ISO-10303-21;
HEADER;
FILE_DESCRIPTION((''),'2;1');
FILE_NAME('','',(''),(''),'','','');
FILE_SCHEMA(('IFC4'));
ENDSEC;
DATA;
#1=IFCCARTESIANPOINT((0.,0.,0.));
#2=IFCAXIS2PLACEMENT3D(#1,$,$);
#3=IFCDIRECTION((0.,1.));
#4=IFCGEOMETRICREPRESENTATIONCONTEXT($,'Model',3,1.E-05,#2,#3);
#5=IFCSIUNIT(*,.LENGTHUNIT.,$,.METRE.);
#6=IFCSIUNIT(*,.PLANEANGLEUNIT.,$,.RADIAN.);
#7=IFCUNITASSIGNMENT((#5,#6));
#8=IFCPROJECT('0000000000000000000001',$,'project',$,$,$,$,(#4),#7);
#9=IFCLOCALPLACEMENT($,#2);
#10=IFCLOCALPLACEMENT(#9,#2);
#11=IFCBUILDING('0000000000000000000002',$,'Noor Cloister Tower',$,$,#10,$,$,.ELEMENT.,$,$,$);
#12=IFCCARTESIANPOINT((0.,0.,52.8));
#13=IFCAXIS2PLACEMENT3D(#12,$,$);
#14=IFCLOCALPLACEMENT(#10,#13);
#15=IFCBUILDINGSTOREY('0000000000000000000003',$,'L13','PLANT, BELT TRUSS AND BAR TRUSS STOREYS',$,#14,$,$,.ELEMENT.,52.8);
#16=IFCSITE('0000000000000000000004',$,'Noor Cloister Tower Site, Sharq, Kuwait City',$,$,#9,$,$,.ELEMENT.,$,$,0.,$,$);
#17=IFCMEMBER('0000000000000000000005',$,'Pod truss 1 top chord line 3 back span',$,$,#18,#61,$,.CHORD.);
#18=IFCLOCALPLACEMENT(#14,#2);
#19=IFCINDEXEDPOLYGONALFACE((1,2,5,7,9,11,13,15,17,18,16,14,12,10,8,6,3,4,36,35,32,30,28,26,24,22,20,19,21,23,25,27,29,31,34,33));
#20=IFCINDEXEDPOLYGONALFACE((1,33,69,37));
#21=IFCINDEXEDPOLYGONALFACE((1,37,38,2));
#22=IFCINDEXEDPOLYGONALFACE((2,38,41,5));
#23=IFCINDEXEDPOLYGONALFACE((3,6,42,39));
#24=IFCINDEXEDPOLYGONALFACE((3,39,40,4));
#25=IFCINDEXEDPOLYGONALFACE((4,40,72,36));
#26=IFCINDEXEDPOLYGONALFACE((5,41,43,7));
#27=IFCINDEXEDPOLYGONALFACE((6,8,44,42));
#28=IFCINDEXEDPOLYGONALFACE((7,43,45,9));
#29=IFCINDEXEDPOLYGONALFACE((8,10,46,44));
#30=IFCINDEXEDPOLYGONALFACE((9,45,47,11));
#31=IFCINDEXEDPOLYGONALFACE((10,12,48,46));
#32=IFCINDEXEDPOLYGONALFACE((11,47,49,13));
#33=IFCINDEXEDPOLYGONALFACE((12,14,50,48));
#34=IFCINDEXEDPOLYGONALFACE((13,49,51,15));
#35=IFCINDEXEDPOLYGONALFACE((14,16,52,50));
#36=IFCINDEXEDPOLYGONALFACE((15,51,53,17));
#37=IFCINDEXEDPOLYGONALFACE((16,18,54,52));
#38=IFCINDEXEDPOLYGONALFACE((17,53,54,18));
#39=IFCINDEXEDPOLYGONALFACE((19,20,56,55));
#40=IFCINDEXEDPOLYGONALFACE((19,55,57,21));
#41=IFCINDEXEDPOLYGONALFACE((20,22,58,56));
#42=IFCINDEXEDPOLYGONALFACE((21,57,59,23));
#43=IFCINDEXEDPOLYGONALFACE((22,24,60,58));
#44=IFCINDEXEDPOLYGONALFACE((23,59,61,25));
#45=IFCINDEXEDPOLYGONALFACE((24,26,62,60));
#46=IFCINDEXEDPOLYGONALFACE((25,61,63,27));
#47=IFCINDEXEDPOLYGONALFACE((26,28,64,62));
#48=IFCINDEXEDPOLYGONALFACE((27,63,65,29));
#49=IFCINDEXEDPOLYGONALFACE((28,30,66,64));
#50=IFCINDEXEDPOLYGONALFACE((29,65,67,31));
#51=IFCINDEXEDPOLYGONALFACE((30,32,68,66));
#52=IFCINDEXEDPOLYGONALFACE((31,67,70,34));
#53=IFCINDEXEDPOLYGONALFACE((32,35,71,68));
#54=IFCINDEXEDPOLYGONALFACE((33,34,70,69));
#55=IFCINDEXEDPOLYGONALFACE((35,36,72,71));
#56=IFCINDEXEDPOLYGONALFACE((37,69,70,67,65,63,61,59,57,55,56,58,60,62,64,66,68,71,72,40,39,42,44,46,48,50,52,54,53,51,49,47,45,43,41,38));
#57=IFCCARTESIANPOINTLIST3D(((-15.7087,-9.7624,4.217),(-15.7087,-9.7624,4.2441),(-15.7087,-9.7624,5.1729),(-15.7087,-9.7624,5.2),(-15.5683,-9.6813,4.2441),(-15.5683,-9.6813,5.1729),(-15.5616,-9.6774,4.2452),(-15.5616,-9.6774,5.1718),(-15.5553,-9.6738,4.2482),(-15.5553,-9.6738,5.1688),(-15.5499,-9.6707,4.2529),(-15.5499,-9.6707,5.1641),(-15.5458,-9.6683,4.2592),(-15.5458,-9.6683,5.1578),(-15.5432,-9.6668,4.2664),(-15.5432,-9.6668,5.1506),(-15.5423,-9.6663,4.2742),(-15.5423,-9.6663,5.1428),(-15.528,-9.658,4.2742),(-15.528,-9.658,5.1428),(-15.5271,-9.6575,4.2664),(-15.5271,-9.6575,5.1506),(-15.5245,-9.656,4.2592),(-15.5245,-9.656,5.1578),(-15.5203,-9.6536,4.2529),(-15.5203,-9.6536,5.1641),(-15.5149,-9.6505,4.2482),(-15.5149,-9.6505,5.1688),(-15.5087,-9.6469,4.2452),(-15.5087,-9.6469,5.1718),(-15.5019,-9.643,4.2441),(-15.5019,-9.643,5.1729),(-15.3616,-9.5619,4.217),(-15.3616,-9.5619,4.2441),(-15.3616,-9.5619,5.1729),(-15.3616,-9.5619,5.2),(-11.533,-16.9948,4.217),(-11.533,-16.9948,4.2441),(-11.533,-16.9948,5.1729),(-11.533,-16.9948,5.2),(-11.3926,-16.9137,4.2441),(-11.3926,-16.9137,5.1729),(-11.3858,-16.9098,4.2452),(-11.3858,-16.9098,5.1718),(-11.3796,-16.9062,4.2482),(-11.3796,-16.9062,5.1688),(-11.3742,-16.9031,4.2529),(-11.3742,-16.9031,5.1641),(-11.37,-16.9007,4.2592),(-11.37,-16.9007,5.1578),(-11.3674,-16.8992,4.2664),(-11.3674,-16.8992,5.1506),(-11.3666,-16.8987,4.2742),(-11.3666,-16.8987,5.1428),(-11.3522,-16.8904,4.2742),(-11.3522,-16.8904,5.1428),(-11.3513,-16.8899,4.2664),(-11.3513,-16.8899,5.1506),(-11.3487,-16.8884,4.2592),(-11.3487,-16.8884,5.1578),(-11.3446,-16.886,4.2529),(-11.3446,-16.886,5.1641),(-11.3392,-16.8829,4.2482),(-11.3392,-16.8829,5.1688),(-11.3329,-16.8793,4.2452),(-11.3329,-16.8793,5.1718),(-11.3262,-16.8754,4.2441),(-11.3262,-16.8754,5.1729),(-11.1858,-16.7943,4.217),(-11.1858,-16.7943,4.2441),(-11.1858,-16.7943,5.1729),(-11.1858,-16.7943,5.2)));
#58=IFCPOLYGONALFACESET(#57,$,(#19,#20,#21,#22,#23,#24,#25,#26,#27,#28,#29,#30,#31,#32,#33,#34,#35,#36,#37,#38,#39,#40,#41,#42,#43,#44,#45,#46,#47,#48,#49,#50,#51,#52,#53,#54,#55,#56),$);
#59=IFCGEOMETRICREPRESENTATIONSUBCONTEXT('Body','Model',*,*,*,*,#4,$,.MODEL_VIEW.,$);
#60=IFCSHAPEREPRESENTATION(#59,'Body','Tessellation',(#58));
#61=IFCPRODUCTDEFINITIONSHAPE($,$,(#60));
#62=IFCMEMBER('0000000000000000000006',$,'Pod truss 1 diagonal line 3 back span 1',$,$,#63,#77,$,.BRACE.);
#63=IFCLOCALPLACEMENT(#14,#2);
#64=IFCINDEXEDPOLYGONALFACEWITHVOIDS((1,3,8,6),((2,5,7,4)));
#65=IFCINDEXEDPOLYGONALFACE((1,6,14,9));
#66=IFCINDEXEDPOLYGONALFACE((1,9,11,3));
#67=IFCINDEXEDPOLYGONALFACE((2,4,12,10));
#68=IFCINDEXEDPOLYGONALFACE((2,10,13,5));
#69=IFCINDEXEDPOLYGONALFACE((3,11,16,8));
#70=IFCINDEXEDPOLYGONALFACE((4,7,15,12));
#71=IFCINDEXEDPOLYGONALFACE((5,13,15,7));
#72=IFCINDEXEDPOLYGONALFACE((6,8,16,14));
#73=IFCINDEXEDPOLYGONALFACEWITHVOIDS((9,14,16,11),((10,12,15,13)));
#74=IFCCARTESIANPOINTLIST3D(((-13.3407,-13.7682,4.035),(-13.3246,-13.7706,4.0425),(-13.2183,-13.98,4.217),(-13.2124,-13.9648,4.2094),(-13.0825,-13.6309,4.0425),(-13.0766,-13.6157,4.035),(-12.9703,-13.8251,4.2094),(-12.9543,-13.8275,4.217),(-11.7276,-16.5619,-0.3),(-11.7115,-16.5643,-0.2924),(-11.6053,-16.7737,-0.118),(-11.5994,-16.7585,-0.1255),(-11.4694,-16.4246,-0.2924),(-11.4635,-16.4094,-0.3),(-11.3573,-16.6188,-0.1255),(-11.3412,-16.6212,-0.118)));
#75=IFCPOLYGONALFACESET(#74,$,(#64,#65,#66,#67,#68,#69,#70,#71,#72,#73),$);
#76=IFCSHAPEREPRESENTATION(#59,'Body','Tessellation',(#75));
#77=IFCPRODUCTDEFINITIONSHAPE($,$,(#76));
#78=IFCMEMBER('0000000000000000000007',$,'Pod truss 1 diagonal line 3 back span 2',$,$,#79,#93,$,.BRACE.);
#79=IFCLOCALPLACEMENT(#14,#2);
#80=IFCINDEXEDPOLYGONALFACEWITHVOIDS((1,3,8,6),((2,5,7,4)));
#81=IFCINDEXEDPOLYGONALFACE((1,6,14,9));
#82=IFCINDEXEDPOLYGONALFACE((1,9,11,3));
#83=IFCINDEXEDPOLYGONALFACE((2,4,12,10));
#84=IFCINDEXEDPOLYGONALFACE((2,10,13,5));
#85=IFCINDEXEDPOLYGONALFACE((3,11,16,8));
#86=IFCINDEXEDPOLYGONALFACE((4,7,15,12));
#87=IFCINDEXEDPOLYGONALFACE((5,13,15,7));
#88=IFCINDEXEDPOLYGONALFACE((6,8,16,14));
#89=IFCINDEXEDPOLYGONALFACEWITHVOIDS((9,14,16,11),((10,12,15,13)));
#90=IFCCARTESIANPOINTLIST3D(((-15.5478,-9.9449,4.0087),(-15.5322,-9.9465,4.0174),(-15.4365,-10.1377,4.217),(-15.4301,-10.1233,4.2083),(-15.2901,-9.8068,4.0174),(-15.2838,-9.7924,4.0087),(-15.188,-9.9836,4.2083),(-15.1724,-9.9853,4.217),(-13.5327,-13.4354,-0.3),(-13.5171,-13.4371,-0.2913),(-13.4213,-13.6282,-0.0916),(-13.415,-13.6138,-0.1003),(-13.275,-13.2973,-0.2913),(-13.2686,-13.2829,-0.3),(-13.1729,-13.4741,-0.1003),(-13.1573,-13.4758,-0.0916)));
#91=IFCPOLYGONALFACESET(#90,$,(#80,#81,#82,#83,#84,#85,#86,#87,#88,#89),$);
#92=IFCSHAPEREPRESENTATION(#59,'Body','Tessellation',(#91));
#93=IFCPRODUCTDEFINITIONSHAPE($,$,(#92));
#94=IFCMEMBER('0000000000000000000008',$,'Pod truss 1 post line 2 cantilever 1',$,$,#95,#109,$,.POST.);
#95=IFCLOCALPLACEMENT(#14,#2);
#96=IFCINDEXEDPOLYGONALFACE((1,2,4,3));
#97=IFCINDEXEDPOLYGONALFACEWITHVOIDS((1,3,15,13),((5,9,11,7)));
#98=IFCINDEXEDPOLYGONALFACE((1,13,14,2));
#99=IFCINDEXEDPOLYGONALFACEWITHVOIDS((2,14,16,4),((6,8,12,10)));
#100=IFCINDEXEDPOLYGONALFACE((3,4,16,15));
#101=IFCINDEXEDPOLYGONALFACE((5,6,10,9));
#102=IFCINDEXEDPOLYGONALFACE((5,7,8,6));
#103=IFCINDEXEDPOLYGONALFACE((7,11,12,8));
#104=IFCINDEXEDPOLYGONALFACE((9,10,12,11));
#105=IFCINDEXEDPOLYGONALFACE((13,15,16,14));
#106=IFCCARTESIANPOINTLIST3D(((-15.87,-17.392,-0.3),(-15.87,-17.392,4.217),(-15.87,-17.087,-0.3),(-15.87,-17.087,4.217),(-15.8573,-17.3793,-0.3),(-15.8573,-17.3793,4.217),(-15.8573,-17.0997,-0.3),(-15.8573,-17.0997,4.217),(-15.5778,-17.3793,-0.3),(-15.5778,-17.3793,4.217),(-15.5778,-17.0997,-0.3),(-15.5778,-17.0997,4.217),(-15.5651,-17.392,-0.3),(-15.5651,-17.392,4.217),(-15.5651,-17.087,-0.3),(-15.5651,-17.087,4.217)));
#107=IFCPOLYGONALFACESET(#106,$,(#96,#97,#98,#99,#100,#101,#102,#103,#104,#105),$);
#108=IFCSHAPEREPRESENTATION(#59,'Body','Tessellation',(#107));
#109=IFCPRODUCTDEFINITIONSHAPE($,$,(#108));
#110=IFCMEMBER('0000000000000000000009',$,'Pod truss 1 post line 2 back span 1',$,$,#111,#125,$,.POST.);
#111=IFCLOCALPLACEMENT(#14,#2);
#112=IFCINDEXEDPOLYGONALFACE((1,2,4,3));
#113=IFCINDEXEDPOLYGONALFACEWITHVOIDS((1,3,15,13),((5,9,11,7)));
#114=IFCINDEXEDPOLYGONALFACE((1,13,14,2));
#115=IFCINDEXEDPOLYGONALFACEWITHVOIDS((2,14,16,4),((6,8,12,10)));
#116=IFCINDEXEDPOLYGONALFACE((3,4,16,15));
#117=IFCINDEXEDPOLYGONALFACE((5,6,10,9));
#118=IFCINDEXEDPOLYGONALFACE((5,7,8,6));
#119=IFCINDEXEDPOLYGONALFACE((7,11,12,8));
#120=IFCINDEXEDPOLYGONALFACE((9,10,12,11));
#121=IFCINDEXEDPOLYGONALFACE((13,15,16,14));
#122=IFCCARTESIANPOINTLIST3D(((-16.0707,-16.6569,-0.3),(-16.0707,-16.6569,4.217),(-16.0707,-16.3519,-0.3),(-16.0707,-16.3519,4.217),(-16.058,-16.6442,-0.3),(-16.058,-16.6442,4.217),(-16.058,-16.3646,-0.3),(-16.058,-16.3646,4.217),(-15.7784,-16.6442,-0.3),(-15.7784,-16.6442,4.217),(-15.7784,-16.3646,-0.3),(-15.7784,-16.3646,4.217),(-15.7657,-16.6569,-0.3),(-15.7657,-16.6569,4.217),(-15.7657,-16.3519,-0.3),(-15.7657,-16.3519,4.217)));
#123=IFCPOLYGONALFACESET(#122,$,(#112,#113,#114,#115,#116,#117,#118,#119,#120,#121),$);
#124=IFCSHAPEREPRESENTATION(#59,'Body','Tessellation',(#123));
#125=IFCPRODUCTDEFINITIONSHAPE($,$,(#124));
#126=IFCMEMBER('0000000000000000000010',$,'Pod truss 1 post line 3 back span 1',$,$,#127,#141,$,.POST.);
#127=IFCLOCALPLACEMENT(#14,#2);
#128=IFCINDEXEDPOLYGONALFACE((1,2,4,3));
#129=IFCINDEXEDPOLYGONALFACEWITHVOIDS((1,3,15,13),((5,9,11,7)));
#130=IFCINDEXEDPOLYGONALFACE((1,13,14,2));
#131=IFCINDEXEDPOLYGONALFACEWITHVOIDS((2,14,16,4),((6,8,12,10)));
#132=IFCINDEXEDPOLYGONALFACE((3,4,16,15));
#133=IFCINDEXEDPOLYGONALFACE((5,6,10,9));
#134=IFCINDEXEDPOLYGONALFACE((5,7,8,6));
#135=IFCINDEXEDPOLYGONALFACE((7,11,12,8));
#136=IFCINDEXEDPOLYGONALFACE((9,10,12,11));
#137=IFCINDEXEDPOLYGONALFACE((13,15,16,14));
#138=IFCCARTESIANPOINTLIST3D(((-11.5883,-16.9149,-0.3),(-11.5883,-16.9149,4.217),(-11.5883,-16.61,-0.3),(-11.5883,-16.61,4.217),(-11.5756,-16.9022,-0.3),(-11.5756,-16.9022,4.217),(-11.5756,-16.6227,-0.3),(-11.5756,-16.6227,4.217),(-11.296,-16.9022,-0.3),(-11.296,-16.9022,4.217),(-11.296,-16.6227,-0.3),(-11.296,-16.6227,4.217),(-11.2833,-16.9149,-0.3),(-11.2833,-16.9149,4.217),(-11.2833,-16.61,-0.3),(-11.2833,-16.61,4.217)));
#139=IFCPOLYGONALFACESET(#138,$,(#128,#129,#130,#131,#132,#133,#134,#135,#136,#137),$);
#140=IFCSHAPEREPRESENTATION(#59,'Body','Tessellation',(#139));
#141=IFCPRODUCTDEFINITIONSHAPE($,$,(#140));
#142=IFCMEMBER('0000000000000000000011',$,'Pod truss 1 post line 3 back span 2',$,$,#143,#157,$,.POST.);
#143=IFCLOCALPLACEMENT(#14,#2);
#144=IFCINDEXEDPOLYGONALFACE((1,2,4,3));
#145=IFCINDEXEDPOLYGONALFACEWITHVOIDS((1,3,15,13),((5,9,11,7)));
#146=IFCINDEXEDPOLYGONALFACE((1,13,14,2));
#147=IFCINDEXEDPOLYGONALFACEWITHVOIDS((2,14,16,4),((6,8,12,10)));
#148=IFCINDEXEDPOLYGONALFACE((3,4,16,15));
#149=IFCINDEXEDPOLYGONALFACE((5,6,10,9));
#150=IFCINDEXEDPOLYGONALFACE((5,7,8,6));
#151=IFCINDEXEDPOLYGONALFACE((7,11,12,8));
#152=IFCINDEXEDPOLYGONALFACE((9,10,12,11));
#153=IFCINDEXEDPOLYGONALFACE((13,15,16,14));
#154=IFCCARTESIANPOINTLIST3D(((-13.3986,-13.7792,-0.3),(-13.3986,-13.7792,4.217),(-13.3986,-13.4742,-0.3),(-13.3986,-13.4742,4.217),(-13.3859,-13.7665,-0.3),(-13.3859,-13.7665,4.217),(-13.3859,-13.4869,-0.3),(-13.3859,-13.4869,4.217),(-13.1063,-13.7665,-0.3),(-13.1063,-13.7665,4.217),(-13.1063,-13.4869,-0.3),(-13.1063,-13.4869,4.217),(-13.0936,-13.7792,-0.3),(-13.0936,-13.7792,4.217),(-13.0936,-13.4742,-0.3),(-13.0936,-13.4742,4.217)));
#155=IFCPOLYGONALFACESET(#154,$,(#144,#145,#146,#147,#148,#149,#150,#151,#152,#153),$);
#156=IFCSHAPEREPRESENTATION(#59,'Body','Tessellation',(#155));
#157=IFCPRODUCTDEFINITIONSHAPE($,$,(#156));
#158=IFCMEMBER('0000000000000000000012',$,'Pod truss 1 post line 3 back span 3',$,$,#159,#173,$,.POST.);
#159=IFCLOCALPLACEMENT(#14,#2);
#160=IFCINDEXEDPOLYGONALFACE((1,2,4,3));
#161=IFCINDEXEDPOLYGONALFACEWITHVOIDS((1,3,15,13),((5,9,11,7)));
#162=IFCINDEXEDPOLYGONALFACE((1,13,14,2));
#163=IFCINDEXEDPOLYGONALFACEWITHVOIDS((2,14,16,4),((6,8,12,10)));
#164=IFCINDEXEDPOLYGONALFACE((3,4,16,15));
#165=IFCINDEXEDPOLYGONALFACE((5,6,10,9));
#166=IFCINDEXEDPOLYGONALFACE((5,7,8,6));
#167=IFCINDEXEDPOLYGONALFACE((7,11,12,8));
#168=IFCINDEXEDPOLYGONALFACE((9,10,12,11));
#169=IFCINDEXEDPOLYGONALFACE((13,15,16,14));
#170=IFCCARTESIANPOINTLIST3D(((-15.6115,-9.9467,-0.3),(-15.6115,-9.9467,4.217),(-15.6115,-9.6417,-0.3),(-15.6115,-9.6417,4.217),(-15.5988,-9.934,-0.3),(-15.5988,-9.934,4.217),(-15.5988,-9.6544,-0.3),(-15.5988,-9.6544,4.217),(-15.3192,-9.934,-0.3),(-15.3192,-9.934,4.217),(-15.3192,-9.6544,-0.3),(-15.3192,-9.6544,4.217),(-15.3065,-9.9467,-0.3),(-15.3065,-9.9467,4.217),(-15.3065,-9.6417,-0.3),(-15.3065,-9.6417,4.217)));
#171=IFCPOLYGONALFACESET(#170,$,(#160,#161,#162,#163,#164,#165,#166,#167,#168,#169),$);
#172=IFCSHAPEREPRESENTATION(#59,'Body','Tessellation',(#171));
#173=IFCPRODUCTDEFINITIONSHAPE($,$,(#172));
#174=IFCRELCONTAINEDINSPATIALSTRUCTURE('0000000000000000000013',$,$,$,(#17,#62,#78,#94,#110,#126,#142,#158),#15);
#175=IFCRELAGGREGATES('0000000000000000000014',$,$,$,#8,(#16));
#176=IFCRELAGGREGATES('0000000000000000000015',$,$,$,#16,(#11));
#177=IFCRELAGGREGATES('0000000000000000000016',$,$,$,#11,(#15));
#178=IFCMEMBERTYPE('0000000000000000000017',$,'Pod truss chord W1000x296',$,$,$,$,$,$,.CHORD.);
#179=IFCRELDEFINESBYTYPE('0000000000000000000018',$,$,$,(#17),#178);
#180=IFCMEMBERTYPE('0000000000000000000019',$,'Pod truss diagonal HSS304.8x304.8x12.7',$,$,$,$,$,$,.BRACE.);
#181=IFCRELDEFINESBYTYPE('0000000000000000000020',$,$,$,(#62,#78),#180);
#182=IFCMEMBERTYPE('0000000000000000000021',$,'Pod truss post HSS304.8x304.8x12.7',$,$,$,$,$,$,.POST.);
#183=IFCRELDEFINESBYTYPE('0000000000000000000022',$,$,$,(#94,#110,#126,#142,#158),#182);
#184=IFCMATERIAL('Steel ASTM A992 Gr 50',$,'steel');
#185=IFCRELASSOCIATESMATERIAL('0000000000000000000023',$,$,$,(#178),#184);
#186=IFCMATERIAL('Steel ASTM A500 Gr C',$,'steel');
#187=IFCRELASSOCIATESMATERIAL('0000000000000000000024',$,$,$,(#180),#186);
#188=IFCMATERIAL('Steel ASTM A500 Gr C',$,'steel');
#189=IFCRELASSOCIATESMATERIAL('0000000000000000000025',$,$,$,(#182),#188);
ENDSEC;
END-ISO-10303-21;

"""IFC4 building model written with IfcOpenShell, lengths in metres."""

from ifc_helpers import new_model, si_unit, direction, frame, origin, origin_2d, place, context, subcontext, project, spatial, hollow_rectangle, i_section, extrude, material, material_profile, profile_set, type_object, element, save


model = new_model("IFC4")

# Units and contexts
model_context = context("Model", 3, precision=1e-05, world=origin(), true_north=direction((0.0, 1.0)))
body_context = subcontext(model_context, "Body", "Model", "MODEL_VIEW")
ifc_project = project(units=[si_unit("LENGTHUNIT", "METRE"), si_unit("PLANEANGLEUNIT", "RADIAN")], contexts=[model_context])

# Site, building, storey
site_placement = place(None, origin())
site = spatial("IfcSite", under=ifc_project, at=site_placement, Name="Noor Cloister Tower Site, Sharq, Kuwait City", CompositionType="ELEMENT", RefElevation=0.0)
building_placement = place(site_placement, origin())
building = spatial("IfcBuilding", under=site, at=building_placement, Name="Noor Cloister Tower", CompositionType="ELEMENT")
storey_placement = place(building_placement, frame((0.0, 0.0, 52.8)))
storey = spatial("IfcBuildingStorey", under=building, at=storey_placement, Name="L13", Description="PLANT, BELT TRUSS AND BAR TRUSS STOREYS", CompositionType="ELEMENT", Elevation=52.8)

# Members
ifc_material_1 = material(Name="Steel ASTM A992 Gr 50", Category="steel")
ifc_material_profile_1 = material_profile(ifc_material_1, i_section(OverallWidth=0.4009, OverallDepth=0.9829, WebThickness=0.0166, FlangeThickness=0.0271, FilletRadius=0.03, at=origin_2d()), Name="W1000x296")
ifc_profile_set_1 = profile_set([ifc_material_profile_1], Name="Steel ASTM A992 Gr 50")
member_type_1 = type_object("IfcMemberType", Name="Pod truss chord W1000x296", PredefinedType="CHORD", material=ifc_profile_set_1)
member_1_placement = place(storey_placement, frame((-11.3594, -16.8945, 4.7085), z_axis=(-0.500013, 0.866018, 0.0), x_axis=(-0.866018, -0.500013, 0.0)))
element("IfcMember", 1, at=member_1_placement, inside=storey, type_object=member_type_1, Name="Pod truss 1 top chord line 3 back span", PredefinedType="CHORD", context=body_context, shape_type="SweptSolid", body=[
    extrude(i_section(OverallWidth=0.4009, OverallDepth=0.9829, WebThickness=0.0166, FlangeThickness=0.0271, FilletRadius=0.03, at=origin_2d()), origin(), (0.0, 0.0, 1.0), 8.3513),
])
ifc_material_2 = material(Name="Steel ASTM A500 Gr C", Category="steel")
ifc_material_profile_2 = material_profile(ifc_material_2, hollow_rectangle(XDim=0.3049, YDim=0.3049, WallThickness=0.0127, at=origin_2d()), Name="HSS304.8x304.8x12.7")
ifc_profile_set_2 = profile_set([ifc_material_profile_2], Name="Steel ASTM A500 Gr C")
member_type_2 = type_object("IfcMemberType", Name="Pod truss diagonal HSS304.8x304.8x12.7", PredefinedType="BRACE", material=ifc_profile_set_2)
member_2_placement = place(storey_placement, frame((-11.5344, -16.5916, -0.209), z_axis=(-0.298513, 0.517011, 0.802241), x_axis=(-0.866013, -0.500022, 0.0)))
element("IfcMember", 2, at=member_2_placement, inside=storey, type_object=member_type_2, Name="Pod truss 1 diagonal line 3 back span 1", PredefinedType="BRACE", context=body_context, shape_type="SweptSolid", body=[
    extrude(hollow_rectangle(XDim=0.3049, YDim=0.3049, WallThickness=0.0127, at=origin_2d()), origin(), (0.0, 0.0, 1.0), 5.4036),
])
member_3_placement = place(storey_placement, frame((-13.345, -13.4556, -0.1958), z_axis=(-0.341557, 0.591622, 0.730289), x_axis=(-0.866035, -0.499983, 0.0)))
element("IfcMember", 3, at=member_3_placement, inside=storey, type_object=member_type_2, Name="Pod truss 1 diagonal line 3 back span 2", PredefinedType="BRACE", context=body_context, shape_type="SweptSolid", body=[
    extrude(hollow_rectangle(XDim=0.3049, YDim=0.3049, WallThickness=0.0127, at=origin_2d()), origin(), (0.0, 0.0, 1.0), 5.8999),
])
ifc_material_3 = material(Name="Steel ASTM A500 Gr C", Category="steel")
ifc_material_profile_3 = material_profile(ifc_material_3, hollow_rectangle(XDim=0.3049, YDim=0.3049, WallThickness=0.0127, at=origin_2d()), Name="HSS304.8x304.8x12.7")
ifc_profile_set_3 = profile_set([ifc_material_profile_3], Name="Steel ASTM A500 Gr C")
member_type_3 = type_object("IfcMemberType", Name="Pod truss post HSS304.8x304.8x12.7", PredefinedType="POST", material=ifc_profile_set_3)
for number, where, z_axis, x_axis, name in (
    (4, (-15.7175, -17.2395, -0.3), (0.0, 0.0, 1.0), (1.0, 0.0, 0.0), "Pod truss 1 post line 2 cantilever 1"),
    (5, (-15.9182, -16.5044, -0.3), (0.0, 0.0, 1.0), (1.0, 0.0, 0.0), "Pod truss 1 post line 2 back span 1"),
    (6, (-11.4358, -16.7625, -0.3), (0.0, 0.0, 1.0), (1.0, 0.0, 0.0), "Pod truss 1 post line 3 back span 1"),
    (7, (-13.2461, -13.6267, -0.3), (0.0, 0.0, 1.0), (1.0, 0.0, 0.0), "Pod truss 1 post line 3 back span 2"),
    (8, (-15.459, -9.7942, -0.3), (0.0, 0.0, 1.0), (1.0, 0.0, 0.0), "Pod truss 1 post line 3 back span 3"),
):
    element("IfcMember", number, at=place(storey_placement, frame(where, z_axis=z_axis, x_axis=x_axis)), inside=storey, type_object=member_type_3, Name=name, PredefinedType="POST", context=body_context, shape_type="SweptSolid", body=[
        extrude(hollow_rectangle(XDim=0.3049, YDim=0.3049, WallThickness=0.0127, at=origin_2d()), origin(), (0.0, 0.0, 1.0), 4.5171),
    ])

save(model, "model.ifc")
